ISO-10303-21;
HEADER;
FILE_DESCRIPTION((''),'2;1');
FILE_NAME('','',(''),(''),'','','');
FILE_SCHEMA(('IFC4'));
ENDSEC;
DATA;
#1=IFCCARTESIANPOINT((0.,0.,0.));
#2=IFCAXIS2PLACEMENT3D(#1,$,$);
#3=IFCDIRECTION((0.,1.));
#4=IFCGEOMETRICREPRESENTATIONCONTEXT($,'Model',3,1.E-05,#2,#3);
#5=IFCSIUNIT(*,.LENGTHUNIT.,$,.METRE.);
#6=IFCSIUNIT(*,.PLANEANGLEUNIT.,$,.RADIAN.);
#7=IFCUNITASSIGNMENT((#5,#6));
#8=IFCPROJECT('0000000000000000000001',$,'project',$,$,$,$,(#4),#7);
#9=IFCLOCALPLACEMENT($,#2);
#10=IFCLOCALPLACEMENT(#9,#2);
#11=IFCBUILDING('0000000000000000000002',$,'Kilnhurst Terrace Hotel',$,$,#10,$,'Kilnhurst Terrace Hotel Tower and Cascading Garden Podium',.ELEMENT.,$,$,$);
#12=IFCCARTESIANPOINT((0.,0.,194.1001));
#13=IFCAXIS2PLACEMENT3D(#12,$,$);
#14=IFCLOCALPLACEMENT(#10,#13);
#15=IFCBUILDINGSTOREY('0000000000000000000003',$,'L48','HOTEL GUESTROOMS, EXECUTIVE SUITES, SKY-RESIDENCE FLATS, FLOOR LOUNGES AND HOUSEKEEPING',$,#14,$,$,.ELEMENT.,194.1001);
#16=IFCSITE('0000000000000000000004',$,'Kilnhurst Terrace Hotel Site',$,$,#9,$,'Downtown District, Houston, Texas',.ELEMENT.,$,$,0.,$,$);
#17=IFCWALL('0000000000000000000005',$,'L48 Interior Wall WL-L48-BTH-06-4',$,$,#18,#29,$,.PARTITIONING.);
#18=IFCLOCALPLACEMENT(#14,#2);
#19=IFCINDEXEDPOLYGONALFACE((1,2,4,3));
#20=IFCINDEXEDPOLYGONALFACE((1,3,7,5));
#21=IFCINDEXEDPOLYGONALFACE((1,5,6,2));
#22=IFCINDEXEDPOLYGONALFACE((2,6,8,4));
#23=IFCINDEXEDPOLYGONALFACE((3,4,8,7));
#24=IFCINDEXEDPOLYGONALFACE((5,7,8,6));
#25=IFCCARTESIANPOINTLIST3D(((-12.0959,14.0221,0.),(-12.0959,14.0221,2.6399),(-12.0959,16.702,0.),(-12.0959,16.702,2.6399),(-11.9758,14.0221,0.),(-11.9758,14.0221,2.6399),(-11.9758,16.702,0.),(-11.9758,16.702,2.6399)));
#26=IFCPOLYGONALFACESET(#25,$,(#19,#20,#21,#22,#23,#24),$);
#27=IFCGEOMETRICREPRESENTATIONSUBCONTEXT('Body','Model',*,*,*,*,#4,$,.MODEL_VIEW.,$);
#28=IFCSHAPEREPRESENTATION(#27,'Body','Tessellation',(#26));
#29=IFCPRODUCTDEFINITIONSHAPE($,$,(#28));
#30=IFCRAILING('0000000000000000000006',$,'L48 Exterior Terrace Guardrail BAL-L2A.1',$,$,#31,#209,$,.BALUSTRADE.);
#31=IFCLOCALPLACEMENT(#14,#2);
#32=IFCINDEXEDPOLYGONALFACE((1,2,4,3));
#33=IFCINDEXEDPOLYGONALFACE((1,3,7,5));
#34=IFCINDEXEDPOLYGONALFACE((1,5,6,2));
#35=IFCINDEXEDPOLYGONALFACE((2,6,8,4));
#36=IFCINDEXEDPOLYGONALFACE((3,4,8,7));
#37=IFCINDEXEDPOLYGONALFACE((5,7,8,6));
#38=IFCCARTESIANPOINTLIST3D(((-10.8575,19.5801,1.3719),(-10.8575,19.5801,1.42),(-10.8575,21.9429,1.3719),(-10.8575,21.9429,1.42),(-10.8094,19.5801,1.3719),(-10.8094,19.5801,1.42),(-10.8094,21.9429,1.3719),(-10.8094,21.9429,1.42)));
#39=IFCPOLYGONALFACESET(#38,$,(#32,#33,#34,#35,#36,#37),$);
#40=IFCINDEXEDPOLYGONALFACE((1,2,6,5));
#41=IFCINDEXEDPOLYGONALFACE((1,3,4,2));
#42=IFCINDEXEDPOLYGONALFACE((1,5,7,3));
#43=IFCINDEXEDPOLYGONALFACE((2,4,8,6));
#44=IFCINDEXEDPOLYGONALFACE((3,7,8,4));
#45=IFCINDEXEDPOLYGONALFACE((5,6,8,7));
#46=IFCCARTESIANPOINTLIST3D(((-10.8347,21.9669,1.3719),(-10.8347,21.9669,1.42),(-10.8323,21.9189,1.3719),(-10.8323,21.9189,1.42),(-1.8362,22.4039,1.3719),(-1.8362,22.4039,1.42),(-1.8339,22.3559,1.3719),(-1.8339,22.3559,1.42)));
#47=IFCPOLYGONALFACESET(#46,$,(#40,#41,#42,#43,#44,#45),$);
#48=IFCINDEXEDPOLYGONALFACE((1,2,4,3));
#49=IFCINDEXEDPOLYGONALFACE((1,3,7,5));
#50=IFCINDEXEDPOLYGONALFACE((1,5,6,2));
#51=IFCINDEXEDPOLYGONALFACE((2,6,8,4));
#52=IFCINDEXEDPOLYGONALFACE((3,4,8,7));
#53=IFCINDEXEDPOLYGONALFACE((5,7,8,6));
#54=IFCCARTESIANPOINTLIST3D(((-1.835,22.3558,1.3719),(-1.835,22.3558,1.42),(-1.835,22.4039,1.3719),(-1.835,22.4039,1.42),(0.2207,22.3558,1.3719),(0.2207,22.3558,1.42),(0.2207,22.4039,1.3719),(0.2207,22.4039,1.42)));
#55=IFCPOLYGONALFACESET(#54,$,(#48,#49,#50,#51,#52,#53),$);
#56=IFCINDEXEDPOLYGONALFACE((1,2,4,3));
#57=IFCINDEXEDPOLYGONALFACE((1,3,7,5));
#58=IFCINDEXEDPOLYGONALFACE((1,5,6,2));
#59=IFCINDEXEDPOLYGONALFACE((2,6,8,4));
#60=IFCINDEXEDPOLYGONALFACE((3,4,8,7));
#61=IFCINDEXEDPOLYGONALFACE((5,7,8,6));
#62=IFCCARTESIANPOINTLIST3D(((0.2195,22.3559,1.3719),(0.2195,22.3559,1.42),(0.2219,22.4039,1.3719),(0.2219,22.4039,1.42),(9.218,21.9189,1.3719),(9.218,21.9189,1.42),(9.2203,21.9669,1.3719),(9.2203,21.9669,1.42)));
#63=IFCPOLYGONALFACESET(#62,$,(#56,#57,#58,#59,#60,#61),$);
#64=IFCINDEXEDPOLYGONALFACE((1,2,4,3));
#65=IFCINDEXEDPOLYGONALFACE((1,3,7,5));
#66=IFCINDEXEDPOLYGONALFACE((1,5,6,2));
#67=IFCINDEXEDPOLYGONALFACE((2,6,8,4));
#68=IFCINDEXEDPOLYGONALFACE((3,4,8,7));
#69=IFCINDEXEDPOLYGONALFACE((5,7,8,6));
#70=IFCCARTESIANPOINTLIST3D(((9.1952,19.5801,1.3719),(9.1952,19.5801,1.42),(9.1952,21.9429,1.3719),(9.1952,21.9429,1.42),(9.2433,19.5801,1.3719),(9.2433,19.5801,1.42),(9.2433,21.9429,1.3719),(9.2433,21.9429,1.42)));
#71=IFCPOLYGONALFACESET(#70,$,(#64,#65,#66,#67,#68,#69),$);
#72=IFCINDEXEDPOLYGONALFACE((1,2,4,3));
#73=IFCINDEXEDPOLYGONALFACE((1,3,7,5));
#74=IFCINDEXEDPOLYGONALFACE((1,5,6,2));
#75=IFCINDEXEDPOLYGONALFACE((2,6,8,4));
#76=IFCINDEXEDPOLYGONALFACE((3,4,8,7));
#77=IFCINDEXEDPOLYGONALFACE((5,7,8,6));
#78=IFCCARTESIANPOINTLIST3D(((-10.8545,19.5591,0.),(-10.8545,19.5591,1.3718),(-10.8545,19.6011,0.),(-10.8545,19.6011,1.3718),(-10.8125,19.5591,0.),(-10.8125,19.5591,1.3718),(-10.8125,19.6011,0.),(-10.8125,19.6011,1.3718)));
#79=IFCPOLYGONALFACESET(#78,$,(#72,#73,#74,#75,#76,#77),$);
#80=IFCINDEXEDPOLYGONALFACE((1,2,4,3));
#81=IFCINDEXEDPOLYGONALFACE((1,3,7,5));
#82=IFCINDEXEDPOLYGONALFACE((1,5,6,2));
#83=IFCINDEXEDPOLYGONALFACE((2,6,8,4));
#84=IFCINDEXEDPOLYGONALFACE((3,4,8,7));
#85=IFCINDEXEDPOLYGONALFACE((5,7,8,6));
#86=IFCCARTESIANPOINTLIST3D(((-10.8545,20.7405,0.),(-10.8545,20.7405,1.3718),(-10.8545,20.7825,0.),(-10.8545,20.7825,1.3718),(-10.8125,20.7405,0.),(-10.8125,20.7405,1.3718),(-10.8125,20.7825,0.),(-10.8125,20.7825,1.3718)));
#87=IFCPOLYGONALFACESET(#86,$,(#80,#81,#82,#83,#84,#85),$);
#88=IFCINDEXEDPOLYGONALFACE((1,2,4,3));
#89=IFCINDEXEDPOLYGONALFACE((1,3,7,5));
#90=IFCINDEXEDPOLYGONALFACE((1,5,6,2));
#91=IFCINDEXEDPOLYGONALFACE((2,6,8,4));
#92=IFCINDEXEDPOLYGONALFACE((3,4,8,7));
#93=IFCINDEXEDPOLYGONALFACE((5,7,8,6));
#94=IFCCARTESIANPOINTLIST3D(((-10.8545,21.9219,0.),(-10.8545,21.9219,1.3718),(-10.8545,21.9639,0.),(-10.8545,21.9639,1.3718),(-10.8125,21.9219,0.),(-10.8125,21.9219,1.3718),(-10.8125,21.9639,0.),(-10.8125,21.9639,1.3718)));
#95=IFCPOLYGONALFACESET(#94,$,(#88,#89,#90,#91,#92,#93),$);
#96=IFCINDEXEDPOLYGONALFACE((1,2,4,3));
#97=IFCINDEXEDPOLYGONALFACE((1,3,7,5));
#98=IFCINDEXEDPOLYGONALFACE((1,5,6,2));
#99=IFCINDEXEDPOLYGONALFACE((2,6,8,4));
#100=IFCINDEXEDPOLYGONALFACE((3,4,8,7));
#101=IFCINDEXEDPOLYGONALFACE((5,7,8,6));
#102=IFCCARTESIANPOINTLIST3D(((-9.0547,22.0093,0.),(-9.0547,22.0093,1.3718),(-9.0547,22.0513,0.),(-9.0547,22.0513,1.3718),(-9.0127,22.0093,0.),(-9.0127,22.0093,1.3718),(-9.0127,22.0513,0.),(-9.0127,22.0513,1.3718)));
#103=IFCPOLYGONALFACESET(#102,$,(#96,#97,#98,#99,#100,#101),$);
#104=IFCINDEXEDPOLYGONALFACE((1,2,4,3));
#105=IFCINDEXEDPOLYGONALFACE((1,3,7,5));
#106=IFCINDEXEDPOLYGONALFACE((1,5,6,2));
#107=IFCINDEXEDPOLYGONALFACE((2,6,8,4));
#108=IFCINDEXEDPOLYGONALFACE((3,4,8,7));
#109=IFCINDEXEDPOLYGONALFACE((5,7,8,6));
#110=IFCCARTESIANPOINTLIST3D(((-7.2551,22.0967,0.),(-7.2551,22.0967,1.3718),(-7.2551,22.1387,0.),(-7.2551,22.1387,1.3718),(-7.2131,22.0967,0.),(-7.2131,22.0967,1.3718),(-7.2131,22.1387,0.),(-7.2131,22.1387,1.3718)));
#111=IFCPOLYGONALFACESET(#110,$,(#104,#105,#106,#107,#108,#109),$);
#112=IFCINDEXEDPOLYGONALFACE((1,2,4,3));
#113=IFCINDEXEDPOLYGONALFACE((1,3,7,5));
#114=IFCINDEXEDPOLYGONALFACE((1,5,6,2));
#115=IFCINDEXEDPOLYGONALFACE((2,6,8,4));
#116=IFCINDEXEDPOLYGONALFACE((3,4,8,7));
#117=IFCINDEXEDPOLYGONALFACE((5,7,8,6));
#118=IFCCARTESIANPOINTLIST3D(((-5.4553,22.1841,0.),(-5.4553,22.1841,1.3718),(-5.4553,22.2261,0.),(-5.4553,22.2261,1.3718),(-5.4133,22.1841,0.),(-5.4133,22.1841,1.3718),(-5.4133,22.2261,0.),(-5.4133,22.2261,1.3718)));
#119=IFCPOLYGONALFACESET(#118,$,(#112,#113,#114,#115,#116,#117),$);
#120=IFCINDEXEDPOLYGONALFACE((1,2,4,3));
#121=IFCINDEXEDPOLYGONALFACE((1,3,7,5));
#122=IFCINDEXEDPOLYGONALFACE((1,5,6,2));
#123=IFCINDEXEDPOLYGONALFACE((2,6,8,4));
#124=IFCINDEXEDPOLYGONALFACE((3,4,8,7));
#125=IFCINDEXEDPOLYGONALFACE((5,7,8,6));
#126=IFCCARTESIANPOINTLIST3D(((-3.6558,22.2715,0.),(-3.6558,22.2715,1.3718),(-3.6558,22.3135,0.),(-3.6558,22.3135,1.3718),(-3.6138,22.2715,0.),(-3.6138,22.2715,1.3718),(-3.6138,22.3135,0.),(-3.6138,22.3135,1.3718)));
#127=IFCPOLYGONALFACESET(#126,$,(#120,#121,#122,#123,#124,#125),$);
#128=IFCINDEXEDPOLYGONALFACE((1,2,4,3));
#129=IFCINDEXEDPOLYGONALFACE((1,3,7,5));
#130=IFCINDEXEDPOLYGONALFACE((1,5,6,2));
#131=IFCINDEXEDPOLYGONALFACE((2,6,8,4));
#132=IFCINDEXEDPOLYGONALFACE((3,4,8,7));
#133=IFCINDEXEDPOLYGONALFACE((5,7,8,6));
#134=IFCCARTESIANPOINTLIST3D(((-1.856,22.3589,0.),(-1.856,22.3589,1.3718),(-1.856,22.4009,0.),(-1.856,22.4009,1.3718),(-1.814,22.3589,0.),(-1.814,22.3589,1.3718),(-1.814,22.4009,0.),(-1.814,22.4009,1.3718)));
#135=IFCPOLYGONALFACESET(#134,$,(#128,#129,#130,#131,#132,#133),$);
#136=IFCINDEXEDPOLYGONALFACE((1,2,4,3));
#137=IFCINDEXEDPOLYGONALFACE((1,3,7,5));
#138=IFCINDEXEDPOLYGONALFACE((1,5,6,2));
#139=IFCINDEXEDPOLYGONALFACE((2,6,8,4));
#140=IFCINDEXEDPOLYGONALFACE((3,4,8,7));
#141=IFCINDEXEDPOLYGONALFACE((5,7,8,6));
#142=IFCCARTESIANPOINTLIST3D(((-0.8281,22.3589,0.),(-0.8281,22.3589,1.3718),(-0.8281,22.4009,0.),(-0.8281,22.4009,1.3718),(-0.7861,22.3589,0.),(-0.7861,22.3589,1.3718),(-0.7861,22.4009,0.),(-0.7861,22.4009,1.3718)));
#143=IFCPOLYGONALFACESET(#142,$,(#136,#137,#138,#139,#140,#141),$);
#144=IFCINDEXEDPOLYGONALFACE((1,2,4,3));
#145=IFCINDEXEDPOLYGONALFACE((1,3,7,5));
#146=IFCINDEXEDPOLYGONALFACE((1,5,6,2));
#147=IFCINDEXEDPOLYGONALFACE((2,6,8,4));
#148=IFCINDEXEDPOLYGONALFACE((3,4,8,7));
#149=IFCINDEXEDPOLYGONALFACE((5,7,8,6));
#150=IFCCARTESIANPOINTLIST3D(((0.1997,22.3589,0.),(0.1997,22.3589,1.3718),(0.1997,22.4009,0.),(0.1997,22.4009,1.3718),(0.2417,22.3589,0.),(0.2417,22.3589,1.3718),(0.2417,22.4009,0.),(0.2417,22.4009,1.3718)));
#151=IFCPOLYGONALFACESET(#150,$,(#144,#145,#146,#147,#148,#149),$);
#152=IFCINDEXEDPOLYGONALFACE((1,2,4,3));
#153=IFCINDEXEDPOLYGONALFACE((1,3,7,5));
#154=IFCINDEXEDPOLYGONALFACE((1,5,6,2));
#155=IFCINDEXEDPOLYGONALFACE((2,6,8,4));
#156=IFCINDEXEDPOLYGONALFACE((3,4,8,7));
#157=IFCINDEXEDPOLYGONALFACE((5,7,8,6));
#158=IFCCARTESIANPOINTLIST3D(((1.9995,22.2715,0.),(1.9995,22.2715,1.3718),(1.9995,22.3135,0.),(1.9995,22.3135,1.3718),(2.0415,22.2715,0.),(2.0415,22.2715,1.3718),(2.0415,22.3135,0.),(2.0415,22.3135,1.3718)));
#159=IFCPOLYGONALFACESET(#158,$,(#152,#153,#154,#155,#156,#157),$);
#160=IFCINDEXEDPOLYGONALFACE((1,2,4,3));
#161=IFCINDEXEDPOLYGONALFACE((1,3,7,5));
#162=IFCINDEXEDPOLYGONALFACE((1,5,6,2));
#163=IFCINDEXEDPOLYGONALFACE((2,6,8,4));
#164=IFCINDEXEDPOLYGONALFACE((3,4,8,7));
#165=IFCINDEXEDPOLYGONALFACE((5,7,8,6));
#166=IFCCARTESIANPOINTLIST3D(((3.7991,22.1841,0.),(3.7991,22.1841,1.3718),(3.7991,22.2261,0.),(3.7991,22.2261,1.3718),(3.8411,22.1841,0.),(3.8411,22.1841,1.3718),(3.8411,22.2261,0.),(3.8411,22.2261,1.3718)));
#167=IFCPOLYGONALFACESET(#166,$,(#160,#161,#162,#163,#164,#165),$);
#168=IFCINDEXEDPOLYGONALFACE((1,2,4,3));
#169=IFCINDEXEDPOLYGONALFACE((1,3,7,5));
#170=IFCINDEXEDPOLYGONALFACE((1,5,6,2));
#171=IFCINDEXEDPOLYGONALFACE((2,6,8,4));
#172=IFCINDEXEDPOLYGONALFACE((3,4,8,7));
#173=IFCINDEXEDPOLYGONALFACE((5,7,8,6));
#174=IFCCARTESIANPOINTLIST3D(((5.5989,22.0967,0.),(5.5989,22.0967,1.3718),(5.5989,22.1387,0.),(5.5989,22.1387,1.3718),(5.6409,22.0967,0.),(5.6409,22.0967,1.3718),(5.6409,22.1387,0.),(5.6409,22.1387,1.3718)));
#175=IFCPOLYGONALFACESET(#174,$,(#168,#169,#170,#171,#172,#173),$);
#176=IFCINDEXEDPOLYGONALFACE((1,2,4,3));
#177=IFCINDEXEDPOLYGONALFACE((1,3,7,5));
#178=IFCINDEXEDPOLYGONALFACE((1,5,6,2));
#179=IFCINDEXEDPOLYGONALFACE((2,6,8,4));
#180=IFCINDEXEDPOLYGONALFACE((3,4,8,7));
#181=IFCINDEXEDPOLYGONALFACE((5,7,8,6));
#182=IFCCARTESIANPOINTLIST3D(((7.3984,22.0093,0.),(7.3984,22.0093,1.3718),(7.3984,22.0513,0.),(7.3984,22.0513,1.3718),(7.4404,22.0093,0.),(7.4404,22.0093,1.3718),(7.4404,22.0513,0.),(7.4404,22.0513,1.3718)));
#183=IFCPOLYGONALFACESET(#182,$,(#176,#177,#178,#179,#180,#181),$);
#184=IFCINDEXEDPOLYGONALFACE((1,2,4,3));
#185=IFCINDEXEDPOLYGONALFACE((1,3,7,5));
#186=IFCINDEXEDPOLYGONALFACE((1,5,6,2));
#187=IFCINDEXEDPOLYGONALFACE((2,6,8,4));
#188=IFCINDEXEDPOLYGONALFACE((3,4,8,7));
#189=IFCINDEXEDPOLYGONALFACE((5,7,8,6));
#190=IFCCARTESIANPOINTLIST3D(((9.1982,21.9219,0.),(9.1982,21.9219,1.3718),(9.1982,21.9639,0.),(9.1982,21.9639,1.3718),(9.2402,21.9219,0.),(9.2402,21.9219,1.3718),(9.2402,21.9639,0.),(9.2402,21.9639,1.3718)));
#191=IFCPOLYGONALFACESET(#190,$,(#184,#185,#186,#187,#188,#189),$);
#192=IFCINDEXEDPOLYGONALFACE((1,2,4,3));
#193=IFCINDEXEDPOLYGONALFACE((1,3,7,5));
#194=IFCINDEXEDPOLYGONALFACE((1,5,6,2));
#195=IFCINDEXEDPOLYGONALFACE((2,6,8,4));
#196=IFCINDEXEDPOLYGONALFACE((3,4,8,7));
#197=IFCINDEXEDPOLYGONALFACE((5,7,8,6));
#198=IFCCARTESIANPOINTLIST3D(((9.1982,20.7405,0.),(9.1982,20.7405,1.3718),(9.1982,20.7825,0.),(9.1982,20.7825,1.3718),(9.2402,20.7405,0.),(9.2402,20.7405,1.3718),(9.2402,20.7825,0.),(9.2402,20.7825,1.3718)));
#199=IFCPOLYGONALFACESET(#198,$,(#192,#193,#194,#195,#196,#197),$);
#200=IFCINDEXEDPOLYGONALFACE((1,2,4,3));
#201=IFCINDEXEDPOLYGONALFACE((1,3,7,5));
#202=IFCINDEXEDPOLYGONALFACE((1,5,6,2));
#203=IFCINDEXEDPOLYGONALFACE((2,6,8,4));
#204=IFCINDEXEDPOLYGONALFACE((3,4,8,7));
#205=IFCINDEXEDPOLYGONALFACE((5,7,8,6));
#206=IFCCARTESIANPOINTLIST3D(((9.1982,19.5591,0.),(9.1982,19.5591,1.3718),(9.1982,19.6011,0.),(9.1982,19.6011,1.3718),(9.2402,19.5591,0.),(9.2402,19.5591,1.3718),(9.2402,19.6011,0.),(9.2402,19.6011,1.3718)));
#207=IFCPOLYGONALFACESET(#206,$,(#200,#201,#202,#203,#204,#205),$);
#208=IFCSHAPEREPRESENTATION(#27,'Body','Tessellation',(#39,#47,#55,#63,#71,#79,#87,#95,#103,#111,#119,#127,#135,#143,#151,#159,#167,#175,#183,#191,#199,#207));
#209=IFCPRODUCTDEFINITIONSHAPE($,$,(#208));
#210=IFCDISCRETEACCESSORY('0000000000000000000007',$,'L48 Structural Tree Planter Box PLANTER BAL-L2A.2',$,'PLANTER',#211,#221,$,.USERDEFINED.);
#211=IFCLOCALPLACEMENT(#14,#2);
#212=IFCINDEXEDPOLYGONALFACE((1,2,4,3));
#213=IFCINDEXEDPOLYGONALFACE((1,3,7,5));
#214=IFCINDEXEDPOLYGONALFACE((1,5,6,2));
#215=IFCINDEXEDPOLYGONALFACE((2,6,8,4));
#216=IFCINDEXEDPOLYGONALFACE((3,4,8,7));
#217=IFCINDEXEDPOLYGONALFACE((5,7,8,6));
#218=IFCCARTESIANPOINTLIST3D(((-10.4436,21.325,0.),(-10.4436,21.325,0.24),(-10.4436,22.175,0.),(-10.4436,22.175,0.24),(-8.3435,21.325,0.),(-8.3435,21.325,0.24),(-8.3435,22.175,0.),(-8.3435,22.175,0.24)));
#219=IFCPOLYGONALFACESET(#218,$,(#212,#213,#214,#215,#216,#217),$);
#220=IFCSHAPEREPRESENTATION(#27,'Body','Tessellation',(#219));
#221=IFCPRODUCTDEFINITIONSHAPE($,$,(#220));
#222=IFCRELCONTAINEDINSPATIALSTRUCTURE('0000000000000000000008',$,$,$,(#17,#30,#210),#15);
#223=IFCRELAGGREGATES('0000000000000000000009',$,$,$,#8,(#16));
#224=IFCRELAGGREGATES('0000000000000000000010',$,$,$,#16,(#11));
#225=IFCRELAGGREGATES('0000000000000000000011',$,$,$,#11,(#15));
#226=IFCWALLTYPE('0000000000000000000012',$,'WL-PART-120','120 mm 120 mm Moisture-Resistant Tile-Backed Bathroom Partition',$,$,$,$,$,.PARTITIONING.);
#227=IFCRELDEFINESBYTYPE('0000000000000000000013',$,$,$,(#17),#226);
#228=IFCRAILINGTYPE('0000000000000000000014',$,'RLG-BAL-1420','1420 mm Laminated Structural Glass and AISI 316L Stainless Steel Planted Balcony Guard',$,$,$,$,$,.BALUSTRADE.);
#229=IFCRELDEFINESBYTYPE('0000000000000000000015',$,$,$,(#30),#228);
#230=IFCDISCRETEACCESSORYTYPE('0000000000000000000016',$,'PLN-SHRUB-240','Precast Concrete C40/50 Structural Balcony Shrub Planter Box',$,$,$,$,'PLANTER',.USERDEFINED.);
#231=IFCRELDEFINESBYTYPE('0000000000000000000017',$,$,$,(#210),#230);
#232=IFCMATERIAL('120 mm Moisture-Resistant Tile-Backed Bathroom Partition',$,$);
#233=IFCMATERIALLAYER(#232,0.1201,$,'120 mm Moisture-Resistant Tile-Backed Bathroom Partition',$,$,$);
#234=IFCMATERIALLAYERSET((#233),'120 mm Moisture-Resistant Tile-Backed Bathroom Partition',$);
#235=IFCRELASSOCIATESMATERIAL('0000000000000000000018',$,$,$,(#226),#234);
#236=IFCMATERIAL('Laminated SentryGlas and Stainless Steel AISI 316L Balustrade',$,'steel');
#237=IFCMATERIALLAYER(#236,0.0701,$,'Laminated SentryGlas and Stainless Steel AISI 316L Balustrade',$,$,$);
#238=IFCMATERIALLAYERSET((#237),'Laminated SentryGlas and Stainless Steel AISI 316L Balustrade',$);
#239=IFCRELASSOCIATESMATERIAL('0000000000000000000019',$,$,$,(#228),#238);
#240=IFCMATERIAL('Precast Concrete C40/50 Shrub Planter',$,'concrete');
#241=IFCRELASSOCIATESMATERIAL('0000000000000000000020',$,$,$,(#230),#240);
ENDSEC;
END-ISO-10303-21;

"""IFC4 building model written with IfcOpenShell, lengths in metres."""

from ifc_helpers import new_model, si_unit, direction, frame, frame_2d, origin, origin_2d, place, context, subcontext, project, spatial, rectangle, extrude, material, layer, layer_set, type_object, element, save


model = new_model("IFC4")

# Units and contexts
model_context = context("Model", 3, precision=1e-05, world=origin(), true_north=direction((0.0, 1.0)))
body_context = subcontext(model_context, "Body", "Model", "MODEL_VIEW")
ifc_project = project(units=[si_unit("LENGTHUNIT", "METRE"), si_unit("PLANEANGLEUNIT", "RADIAN")], contexts=[model_context])

# Site, building, storey
site_placement = place(None, origin())
site = spatial("IfcSite", under=ifc_project, at=site_placement, Name="Kilnhurst Terrace Hotel Site", LongName="Downtown District, Houston, Texas", CompositionType="ELEMENT", RefElevation=0.0)
building_placement = place(site_placement, origin())
building = spatial("IfcBuilding", under=site, at=building_placement, Name="Kilnhurst Terrace Hotel", LongName="Kilnhurst Terrace Hotel Tower and Cascading Garden Podium", CompositionType="ELEMENT")
storey_placement = place(building_placement, frame((0.0, 0.0, 194.1001)))
storey = spatial("IfcBuildingStorey", under=building, at=storey_placement, Name="L48", Description="HOTEL GUESTROOMS, EXECUTIVE SUITES, SKY-RESIDENCE FLATS, FLOOR LOUNGES AND HOUSEKEEPING", CompositionType="ELEMENT", Elevation=194.1001)

# Shared definitions
ifc_material_1 = material(Name="120 mm Moisture-Resistant Tile-Backed Bathroom Partition")
ifc_layer_1 = layer(ifc_material_1, 0.1201, Name="120 mm Moisture-Resistant Tile-Backed Bathroom Partition")
ifc_layer_set_1 = layer_set([ifc_layer_1], Name="120 mm Moisture-Resistant Tile-Backed Bathroom Partition")
wall_type_1 = type_object("IfcWallType", Name="WL-PART-120", Description="120 mm 120 mm Moisture-Resistant Tile-Backed Bathroom Partition", PredefinedType="PARTITIONING", material=ifc_layer_set_1)

# Wall
wall_1_placement = place(storey_placement, frame((-12.0359, 16.7019, 0.0), z_axis=(0.0, 0.0, 1.0), x_axis=(0.0, -1.0, 0.0)))
element("IfcWall", 1, at=wall_1_placement, inside=storey, type_object=wall_type_1, Name="L48 Interior Wall WL-L48-BTH-06-4", PredefinedType="PARTITIONING", context=body_context, shape_type="SweptSolid", body=[
    extrude(rectangle(XDim=2.6799, YDim=0.1201, at=frame_2d((1.3398, 0.0))), origin(), (0.0, 0.0, 1.0), 2.6399),
])

# Railing
ifc_material_2 = material(Name="Laminated SentryGlas and Stainless Steel AISI 316L Balustrade", Category="steel")
ifc_layer_2 = layer(ifc_material_2, 0.0701, Name="Laminated SentryGlas and Stainless Steel AISI 316L Balustrade")
ifc_layer_set_2 = layer_set([ifc_layer_2], Name="Laminated SentryGlas and Stainless Steel AISI 316L Balustrade")
railing_type = type_object("IfcRailingType", Name="RLG-BAL-1420", Description="1420 mm Laminated Structural Glass and AISI 316L Stainless Steel Planted Balcony Guard", PredefinedType="BALUSTRADE", material=ifc_layer_set_2)
railing_placement = place(storey_placement, frame((-10.8335, 19.5801, 0.0)))
element("IfcRailing", 2, at=railing_placement, inside=storey, type_object=railing_type, Name="L48 Exterior Terrace Guardrail BAL-L2A.1", PredefinedType="BALUSTRADE", context=body_context, shape_type="SweptSolid", body=[
    extrude(rectangle(XDim=0.0481, YDim=0.0481, at=origin_2d()), frame((0.0, 0.0, 1.396), z_axis=(0.0, 1.0, 0.0), x_axis=(-1.0, 0.0, 0.0)), (0.0, 0.0, 1.0), 2.3628),
    extrude(rectangle(XDim=0.0481, YDim=0.0481, at=origin_2d()), frame((0.0, 2.3628, 1.396), z_axis=(0.998823, 0.048508, 0.0), x_axis=(-0.048508, 0.998823, 0.0)), (0.0, 0.0, 1.0), 9.009),
    extrude(rectangle(XDim=0.0481, YDim=0.0481, at=origin_2d()), frame((8.9985, 2.7998, 1.396), z_axis=(1.0, 0.0, 0.0), x_axis=(0.0, 1.0, 0.0)), (0.0, 0.0, 1.0), 2.0557),
    extrude(rectangle(XDim=0.0481, YDim=0.0481, at=origin_2d()), frame((11.0542, 2.7998, 1.396), z_axis=(0.998823, -0.048508, 0.0), x_axis=(0.048508, 0.998823, 0.0)), (0.0, 0.0, 1.0), 9.009),
    extrude(rectangle(XDim=0.0481, YDim=0.0481, at=origin_2d()), frame((20.0527, 2.3628, 1.396), z_axis=(0.0, -1.0, 0.0), x_axis=(1.0, 0.0, 0.0)), (0.0, 0.0, 1.0), 2.3628),
    extrude(rectangle(XDim=0.042, YDim=0.042, at=origin_2d()), origin(), (0.0, 0.0, 1.0), 1.3718),
    extrude(rectangle(XDim=0.042, YDim=0.042, at=origin_2d()), frame((0.0, 1.1814, 0.0)), (0.0, 0.0, 1.0), 1.3718),
    extrude(rectangle(XDim=0.042, YDim=0.042, at=origin_2d()), frame((0.0, 2.3628, 0.0)), (0.0, 0.0, 1.0), 1.3718),
    extrude(rectangle(XDim=0.042, YDim=0.042, at=origin_2d()), frame((1.7998, 2.4502, 0.0)), (0.0, 0.0, 1.0), 1.3718),
    extrude(rectangle(XDim=0.042, YDim=0.042, at=origin_2d()), frame((3.5994, 2.5376, 0.0)), (0.0, 0.0, 1.0), 1.3718),
    extrude(rectangle(XDim=0.042, YDim=0.042, at=origin_2d()), frame((5.3992, 2.625, 0.0)), (0.0, 0.0, 1.0), 1.3718),
    extrude(rectangle(XDim=0.042, YDim=0.042, at=origin_2d()), frame((7.1987, 2.7124, 0.0)), (0.0, 0.0, 1.0), 1.3718),
    extrude(rectangle(XDim=0.042, YDim=0.042, at=origin_2d()), frame((8.9985, 2.7998, 0.0)), (0.0, 0.0, 1.0), 1.3718),
    extrude(rectangle(XDim=0.042, YDim=0.042, at=origin_2d()), frame((10.0264, 2.7998, 0.0)), (0.0, 0.0, 1.0), 1.3718),
    extrude(rectangle(XDim=0.042, YDim=0.042, at=origin_2d()), frame((11.0542, 2.7998, 0.0)), (0.0, 0.0, 1.0), 1.3718),
    extrude(rectangle(XDim=0.042, YDim=0.042, at=origin_2d()), frame((12.854, 2.7124, 0.0)), (0.0, 0.0, 1.0), 1.3718),
    extrude(rectangle(XDim=0.042, YDim=0.042, at=origin_2d()), frame((14.6536, 2.625, 0.0)), (0.0, 0.0, 1.0), 1.3718),
    extrude(rectangle(XDim=0.042, YDim=0.042, at=origin_2d()), frame((16.4534, 2.5376, 0.0)), (0.0, 0.0, 1.0), 1.3718),
    extrude(rectangle(XDim=0.042, YDim=0.042, at=origin_2d()), frame((18.2529, 2.4502, 0.0)), (0.0, 0.0, 1.0), 1.3718),
    extrude(rectangle(XDim=0.042, YDim=0.042, at=origin_2d()), frame((20.0527, 2.3628, 0.0)), (0.0, 0.0, 1.0), 1.3718),
    extrude(rectangle(XDim=0.042, YDim=0.042, at=origin_2d()), frame((20.0527, 1.1814, 0.0)), (0.0, 0.0, 1.0), 1.3718),
    extrude(rectangle(XDim=0.042, YDim=0.042, at=origin_2d()), frame((20.0527, 0.0, 0.0)), (0.0, 0.0, 1.0), 1.3718),
])

# Discrete accessory
ifc_material_3 = material(Name="Precast Concrete C40/50 Shrub Planter", Category="concrete")
discrete_accessory_type_1 = type_object("IfcDiscreteAccessoryType", Name="PLN-SHRUB-240", Description="Precast Concrete C40/50 Structural Balcony Shrub Planter Box", ElementType="PLANTER", PredefinedType="USERDEFINED", material=ifc_material_3)
discrete_accessory_1_placement = place(storey_placement, frame((-9.3936, 21.75, 0.0), z_axis=(0.0, 0.0, 1.0), x_axis=(-1.0, 0.0, 0.0)))
element("IfcDiscreteAccessory", 3, at=discrete_accessory_1_placement, inside=storey, type_object=discrete_accessory_type_1, Name="L48 Structural Tree Planter Box PLANTER BAL-L2A.2", ObjectType="PLANTER", PredefinedType="USERDEFINED", context=body_context, shape_type="SweptSolid", body=[
    extrude(rectangle(XDim=2.1001, YDim=0.8501, at=origin_2d()), origin(), (0.0, 0.0, 1.0), 0.24),
])

save(model, "model.ifc")
